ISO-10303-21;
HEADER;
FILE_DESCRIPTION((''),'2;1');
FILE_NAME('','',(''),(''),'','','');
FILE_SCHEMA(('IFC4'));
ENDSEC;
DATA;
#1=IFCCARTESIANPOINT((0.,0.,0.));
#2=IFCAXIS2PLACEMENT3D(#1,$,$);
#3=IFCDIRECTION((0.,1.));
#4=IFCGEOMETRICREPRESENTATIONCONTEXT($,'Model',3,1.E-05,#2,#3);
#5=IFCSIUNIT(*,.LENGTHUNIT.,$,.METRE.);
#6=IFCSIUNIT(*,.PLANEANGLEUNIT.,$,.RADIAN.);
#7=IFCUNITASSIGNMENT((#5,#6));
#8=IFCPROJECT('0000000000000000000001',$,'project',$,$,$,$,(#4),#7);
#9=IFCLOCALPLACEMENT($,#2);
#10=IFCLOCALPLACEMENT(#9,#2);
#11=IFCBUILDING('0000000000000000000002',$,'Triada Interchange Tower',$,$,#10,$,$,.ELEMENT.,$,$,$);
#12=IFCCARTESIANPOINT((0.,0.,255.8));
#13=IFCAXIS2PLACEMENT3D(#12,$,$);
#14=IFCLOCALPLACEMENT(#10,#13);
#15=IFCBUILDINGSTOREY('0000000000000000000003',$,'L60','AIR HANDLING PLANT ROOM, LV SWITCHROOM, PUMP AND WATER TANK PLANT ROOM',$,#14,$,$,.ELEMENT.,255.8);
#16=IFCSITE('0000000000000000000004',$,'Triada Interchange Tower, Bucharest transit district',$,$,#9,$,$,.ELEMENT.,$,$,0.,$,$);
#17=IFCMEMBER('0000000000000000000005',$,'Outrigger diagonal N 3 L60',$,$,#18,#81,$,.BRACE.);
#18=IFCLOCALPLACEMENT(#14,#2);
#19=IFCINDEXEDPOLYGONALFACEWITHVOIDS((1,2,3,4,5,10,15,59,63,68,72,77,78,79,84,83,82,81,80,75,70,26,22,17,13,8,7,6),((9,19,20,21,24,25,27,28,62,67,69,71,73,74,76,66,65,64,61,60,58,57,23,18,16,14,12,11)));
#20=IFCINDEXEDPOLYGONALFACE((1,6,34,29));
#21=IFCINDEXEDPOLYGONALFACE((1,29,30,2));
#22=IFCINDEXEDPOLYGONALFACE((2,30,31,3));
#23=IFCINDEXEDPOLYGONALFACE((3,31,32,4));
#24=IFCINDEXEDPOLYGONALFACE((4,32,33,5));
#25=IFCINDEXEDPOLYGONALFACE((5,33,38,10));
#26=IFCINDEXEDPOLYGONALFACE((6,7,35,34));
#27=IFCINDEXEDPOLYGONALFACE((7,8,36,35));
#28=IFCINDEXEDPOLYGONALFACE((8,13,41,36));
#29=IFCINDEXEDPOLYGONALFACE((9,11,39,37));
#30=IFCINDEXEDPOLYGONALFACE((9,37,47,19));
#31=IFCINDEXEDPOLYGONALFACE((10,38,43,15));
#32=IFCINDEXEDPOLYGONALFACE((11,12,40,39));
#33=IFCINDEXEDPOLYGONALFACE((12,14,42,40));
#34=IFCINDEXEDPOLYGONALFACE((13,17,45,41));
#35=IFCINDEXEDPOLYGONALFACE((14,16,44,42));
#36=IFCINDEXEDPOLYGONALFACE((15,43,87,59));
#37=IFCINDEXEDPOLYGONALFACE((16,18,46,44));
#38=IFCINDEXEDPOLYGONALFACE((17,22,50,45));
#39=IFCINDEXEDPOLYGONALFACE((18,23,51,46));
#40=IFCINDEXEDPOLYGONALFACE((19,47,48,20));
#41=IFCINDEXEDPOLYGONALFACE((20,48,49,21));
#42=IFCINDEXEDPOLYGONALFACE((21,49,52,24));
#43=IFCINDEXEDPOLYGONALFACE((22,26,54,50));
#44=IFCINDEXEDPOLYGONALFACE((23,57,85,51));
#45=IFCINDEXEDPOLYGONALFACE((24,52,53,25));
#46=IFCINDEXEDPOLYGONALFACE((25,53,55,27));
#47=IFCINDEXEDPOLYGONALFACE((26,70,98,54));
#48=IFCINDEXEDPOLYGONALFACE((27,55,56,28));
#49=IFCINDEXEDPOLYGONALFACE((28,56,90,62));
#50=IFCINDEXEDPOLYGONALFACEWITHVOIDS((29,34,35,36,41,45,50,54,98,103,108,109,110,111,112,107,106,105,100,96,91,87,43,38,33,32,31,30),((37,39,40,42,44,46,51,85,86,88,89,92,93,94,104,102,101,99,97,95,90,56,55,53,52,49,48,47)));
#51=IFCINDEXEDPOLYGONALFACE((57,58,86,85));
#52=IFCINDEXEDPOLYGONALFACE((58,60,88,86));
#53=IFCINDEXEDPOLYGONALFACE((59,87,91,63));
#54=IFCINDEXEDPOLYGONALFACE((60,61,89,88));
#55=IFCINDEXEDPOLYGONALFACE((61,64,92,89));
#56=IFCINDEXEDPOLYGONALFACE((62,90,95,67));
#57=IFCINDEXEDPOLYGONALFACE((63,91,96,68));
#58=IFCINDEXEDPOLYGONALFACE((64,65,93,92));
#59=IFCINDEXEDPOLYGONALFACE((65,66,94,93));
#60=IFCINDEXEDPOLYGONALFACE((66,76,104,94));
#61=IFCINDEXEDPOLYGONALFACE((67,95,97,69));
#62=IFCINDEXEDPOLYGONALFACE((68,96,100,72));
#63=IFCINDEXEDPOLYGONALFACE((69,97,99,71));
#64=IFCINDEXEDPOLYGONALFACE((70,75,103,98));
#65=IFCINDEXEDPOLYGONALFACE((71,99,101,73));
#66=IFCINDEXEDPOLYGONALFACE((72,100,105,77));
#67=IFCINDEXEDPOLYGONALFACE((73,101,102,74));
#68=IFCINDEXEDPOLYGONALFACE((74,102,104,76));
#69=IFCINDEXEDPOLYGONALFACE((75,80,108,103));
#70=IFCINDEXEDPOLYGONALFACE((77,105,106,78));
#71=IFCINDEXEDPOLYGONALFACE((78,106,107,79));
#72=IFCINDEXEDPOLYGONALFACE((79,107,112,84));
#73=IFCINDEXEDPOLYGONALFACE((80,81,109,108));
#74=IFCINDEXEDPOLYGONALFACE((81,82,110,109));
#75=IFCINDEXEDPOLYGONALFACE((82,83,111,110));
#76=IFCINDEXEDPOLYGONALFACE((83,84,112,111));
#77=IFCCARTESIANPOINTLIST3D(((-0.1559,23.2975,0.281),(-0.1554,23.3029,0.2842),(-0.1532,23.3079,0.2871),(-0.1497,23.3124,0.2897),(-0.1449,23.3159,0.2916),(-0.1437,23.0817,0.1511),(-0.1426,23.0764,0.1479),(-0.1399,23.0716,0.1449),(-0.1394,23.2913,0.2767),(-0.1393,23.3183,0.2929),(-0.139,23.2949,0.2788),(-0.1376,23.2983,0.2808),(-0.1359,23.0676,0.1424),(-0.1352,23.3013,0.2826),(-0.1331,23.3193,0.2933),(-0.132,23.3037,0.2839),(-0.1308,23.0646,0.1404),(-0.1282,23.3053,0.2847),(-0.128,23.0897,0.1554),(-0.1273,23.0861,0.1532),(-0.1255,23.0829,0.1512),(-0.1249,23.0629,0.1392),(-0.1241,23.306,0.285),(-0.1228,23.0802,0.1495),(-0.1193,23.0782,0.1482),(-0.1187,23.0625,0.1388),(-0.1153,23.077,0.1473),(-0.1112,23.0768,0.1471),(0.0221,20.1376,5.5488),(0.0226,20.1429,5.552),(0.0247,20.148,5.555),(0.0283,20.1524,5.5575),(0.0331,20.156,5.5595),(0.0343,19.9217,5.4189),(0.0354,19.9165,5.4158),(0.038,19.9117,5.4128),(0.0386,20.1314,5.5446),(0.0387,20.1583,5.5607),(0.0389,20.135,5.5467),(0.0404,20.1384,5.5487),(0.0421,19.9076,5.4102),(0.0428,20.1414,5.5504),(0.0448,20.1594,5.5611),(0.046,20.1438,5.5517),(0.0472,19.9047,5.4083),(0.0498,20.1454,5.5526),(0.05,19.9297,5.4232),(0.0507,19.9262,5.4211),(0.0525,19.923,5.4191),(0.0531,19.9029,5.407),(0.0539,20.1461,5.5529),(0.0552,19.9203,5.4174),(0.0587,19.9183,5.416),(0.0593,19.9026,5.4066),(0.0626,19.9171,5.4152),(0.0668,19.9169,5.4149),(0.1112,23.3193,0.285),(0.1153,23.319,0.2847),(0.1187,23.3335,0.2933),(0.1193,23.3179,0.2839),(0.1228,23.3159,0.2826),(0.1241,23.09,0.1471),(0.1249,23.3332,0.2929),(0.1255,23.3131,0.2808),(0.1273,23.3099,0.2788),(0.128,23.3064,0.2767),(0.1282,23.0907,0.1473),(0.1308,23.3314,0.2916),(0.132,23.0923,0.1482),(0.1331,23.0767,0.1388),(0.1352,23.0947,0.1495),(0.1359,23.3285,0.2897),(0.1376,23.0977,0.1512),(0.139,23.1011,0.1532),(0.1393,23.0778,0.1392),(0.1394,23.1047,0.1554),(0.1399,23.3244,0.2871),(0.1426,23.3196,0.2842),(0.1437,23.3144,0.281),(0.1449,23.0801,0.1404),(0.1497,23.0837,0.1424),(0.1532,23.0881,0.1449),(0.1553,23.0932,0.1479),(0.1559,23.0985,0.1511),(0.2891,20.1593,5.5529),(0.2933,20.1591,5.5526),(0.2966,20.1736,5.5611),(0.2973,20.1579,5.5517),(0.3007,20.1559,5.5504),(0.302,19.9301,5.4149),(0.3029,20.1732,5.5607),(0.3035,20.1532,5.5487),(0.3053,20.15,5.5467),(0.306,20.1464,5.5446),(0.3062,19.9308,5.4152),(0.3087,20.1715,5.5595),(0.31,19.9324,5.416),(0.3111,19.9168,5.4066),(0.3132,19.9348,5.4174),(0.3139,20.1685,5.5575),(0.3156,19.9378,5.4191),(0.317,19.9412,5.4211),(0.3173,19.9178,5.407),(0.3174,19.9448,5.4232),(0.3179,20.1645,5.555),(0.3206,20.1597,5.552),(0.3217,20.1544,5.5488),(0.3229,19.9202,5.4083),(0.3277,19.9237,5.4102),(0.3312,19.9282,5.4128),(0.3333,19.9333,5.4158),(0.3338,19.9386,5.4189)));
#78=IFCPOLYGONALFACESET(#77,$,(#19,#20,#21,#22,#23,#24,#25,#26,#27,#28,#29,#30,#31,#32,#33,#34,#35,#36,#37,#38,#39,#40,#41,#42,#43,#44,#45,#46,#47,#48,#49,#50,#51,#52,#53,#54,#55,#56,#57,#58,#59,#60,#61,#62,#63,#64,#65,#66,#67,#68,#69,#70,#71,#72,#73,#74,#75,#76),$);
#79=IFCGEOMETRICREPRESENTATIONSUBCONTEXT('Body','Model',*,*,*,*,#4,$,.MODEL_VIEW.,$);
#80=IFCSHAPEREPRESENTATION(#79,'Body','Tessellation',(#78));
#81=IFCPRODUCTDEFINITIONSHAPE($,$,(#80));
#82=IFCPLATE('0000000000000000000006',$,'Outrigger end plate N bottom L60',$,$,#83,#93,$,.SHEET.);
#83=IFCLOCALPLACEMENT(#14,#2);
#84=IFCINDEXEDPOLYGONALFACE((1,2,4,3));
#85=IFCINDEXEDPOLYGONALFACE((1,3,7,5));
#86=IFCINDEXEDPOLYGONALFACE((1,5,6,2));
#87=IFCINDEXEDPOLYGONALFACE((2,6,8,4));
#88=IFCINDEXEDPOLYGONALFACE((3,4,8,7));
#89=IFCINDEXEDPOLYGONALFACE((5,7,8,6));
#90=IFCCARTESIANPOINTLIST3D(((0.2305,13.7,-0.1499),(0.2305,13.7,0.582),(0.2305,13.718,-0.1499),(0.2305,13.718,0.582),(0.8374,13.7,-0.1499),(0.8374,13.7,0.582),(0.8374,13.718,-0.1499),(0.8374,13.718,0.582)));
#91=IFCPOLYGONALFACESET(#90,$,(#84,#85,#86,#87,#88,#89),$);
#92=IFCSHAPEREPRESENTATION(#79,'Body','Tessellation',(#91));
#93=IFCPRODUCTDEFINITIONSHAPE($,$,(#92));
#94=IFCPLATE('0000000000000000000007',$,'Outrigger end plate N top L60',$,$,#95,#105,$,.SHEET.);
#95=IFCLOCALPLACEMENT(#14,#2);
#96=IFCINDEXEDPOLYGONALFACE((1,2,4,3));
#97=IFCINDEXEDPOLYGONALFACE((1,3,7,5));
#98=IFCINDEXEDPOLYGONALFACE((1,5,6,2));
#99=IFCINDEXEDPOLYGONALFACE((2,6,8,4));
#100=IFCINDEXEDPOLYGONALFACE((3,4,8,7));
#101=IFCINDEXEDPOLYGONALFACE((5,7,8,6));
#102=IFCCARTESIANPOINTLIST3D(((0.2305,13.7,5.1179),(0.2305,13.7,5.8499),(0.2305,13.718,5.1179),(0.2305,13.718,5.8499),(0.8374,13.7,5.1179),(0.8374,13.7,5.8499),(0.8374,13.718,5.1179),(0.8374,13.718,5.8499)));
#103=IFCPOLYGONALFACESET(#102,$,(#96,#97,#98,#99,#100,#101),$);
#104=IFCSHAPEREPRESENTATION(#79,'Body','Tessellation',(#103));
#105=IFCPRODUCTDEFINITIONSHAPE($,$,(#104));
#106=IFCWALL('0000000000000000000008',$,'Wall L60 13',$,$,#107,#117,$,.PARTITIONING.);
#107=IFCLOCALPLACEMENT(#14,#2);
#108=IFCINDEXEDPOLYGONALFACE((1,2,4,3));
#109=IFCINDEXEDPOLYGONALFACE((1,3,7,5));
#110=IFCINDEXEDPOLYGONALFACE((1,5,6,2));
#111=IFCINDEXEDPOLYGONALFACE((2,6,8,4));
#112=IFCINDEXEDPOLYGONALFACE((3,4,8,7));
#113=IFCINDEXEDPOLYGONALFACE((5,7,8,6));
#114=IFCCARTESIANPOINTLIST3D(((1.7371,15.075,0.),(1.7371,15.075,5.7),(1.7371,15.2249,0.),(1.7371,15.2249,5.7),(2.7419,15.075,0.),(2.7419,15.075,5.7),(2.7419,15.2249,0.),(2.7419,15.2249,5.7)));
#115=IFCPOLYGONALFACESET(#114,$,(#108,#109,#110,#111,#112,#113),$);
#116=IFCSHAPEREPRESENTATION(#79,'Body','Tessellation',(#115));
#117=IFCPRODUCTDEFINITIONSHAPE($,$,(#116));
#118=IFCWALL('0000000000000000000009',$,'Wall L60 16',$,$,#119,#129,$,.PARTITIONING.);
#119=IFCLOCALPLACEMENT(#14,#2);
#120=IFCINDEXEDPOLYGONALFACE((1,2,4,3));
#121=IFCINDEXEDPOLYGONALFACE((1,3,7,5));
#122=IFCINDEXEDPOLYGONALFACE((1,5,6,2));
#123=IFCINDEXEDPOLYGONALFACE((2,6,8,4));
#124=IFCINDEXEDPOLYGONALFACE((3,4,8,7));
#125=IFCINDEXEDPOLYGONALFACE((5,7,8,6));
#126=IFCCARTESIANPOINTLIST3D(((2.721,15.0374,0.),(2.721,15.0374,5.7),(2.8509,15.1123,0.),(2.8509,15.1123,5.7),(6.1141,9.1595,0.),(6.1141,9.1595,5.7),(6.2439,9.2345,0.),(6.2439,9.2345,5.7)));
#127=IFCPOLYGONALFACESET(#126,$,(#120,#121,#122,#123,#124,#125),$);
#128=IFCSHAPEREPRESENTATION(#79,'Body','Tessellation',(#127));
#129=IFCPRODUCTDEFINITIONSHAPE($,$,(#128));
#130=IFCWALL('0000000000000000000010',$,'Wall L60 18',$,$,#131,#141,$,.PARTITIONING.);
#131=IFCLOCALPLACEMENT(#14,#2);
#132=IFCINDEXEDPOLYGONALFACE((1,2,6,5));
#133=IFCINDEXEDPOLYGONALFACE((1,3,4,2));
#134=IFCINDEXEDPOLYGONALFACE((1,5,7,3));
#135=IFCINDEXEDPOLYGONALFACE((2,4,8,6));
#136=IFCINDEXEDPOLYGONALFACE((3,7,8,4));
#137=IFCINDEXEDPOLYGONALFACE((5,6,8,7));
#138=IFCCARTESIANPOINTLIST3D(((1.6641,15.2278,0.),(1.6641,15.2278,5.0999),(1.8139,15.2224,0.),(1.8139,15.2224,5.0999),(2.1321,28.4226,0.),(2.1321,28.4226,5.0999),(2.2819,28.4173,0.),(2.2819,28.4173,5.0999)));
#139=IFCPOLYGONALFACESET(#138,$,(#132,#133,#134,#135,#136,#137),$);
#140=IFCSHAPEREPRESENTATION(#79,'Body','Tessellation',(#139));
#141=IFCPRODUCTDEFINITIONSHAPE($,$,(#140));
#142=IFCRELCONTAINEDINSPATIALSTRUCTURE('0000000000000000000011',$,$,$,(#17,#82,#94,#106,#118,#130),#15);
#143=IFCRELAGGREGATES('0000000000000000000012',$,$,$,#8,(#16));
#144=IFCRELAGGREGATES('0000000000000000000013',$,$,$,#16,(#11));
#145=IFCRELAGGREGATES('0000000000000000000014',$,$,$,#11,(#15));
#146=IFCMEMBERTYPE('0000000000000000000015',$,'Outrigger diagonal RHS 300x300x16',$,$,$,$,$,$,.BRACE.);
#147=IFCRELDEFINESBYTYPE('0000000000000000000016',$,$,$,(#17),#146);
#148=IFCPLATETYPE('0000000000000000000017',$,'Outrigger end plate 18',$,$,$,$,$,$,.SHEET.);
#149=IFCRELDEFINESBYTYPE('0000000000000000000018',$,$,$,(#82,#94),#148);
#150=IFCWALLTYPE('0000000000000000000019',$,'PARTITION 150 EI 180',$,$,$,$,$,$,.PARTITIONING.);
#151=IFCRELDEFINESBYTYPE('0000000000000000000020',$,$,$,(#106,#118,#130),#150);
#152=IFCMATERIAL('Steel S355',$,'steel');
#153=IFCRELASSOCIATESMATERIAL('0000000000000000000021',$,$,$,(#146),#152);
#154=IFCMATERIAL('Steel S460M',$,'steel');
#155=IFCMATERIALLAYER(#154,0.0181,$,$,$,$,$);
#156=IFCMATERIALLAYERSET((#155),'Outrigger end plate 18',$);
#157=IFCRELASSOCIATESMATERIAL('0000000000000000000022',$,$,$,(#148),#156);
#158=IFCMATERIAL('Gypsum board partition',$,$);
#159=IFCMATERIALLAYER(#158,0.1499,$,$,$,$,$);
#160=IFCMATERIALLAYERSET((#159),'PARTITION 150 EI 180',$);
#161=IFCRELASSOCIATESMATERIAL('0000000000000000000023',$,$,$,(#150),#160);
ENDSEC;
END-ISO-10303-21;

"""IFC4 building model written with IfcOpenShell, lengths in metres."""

from ifc_helpers import new_model, si_unit, direction, frame, frame_2d, origin, origin_2d, place, context, subcontext, project, spatial, rectangle, hollow_rectangle, extrude, material, layer, layer_set, material_profile, profile_set, type_object, element, save


model = new_model("IFC4")

# Units and contexts
model_context = context("Model", 3, precision=1e-05, world=origin(), true_north=direction((0.0, 1.0)))
body_context = subcontext(model_context, "Body", "Model", "MODEL_VIEW")
ifc_project = project(units=[si_unit("LENGTHUNIT", "METRE"), si_unit("PLANEANGLEUNIT", "RADIAN")], contexts=[model_context])

# Site, building, storey
site_placement = place(None, origin())
site = spatial("IfcSite", under=ifc_project, at=site_placement, Name="Triada Interchange Tower, Bucharest transit district", CompositionType="ELEMENT", RefElevation=0.0)
building_placement = place(site_placement, origin())
building = spatial("IfcBuilding", under=site, at=building_placement, Name="Triada Interchange Tower", CompositionType="ELEMENT")
storey_placement = place(building_placement, frame((0.0, 0.0, 255.8)))
storey = spatial("IfcBuildingStorey", under=building, at=storey_placement, Name="L60", Description="AIR HANDLING PLANT ROOM, LV SWITCHROOM, PUMP AND WATER TANK PLANT ROOM", CompositionType="ELEMENT", Elevation=255.8)

# Member
ifc_material_1 = material(Name="Steel S355", Category="steel")
ifc_material_2 = material(Name="Steel S460M", Category="steel")
ifc_material_profile_1 = material_profile(ifc_material_1, hollow_rectangle(XDim=0.3, YDim=0.3, WallThickness=0.0161, InnerFilletRadius=0.0161, OuterFilletRadius=0.0239, at=origin_2d()), Name="RHS 300x300x16")
ifc_profile_set_1 = profile_set([ifc_material_profile_1], Name="Steel S355")
member_type_1 = type_object("IfcMemberType", Name="Outrigger diagonal RHS 300x300x16", PredefinedType="BRACE", material=ifc_profile_set_1)
for number, where, z_axis, x_axis, name in (
    (1, (0.178, 20.0381, 5.4839), (-0.028961, 0.514186, -0.857189), (-0.998418, -0.056235, 0.0), "Outrigger diagonal N 3 L60"),
):
    element("IfcMember", number, at=place(storey_placement, frame(where, z_axis=z_axis, x_axis=x_axis)), inside=storey, type_object=member_type_1, Name=name, PredefinedType="BRACE", context=body_context, shape_type="SweptSolid", body=[
        extrude(hollow_rectangle(XDim=0.3, YDim=0.3, WallThickness=0.0161, InnerFilletRadius=0.0161, OuterFilletRadius=0.0239, at=origin_2d()), origin(), (0.0, 0.0, 1.0), 6.1455),
    ])

# Plates
ifc_layer_1 = layer(ifc_material_2, 0.0181)
ifc_layer_set_1 = layer_set([ifc_layer_1], Name="Outrigger end plate 18")
plate_type = type_object("IfcPlateType", Name="Outrigger end plate 18", PredefinedType="SHEET", material=ifc_layer_set_1)
for number, where, z_axis, x_axis, name in (
    (2, (0.5339, 13.709, -0.1499), (0.0, 0.0, 1.0), (0.0, 1.0, 0.0), "Outrigger end plate N bottom L60"),
    (3, (0.5339, 13.709, 5.1179), (0.0, 0.0, 1.0), (0.0, 1.0, 0.0), "Outrigger end plate N top L60"),
):
    element("IfcPlate", number, at=place(storey_placement, frame(where, z_axis=z_axis, x_axis=x_axis)), inside=storey, type_object=plate_type, Name=name, PredefinedType="SHEET", context=body_context, shape_type="SweptSolid", body=[
        extrude(rectangle(XDim=0.0181, YDim=0.6069, at=origin_2d()), origin(), (0.0, 0.0, 1.0), 0.7319),
    ])

# Walls
ifc_material_3 = material(Name="Gypsum board partition")
ifc_layer_2 = layer(ifc_material_3, 0.1499)
ifc_layer_set_2 = layer_set([ifc_layer_2], Name="PARTITION 150 EI 180")
wall_type = type_object("IfcWallType", Name="PARTITION 150 EI 180", PredefinedType="PARTITIONING", material=ifc_layer_set_2)
wall_1_placement = place(storey_placement, frame((1.7371, 15.1499, 0.0), z_axis=(0.0, 0.0, 1.0), x_axis=(1.0, 0.0, 0.0)))
element("IfcWall", 4, at=wall_1_placement, inside=storey, type_object=wall_type, Name="Wall L60 13", PredefinedType="PARTITIONING", context=body_context, shape_type="SweptSolid", body=[
    extrude(rectangle(XDim=1.0049, YDim=0.1499, at=frame_2d((0.5024, 0.0))), origin(), (0.0, 0.0, 1.0), 5.7),
])
wall_2_placement = place(storey_placement, frame((2.7859, 15.075, 0.0), z_axis=(0.0, 0.0, 1.0), x_axis=(0.499938, -0.866061, 0.0)))
element("IfcWall", 5, at=wall_2_placement, inside=storey, type_object=wall_type, Name="Wall L60 16", PredefinedType="PARTITIONING", context=body_context, shape_type="SweptSolid", body=[
    extrude(rectangle(XDim=6.7869, YDim=0.1499, at=frame_2d((3.3936, 0.0))), origin(), (0.0, 0.0, 1.0), 5.7),
])
wall_3_placement = place(storey_placement, frame((1.739, 15.2251, 0.0), z_axis=(0.0, 0.0, 1.0), x_axis=(0.035447, 0.999372, 0.0)))
element("IfcWall", 6, at=wall_3_placement, inside=storey, type_object=wall_type, Name="Wall L60 18", PredefinedType="PARTITIONING", context=body_context, shape_type="SweptSolid", body=[
    extrude(rectangle(XDim=13.2031, YDim=0.1499, at=frame_2d((6.6016, 0.0))), origin(), (0.0, 0.0, 1.0), 5.0999),
])

save(model, "model.ifc")
